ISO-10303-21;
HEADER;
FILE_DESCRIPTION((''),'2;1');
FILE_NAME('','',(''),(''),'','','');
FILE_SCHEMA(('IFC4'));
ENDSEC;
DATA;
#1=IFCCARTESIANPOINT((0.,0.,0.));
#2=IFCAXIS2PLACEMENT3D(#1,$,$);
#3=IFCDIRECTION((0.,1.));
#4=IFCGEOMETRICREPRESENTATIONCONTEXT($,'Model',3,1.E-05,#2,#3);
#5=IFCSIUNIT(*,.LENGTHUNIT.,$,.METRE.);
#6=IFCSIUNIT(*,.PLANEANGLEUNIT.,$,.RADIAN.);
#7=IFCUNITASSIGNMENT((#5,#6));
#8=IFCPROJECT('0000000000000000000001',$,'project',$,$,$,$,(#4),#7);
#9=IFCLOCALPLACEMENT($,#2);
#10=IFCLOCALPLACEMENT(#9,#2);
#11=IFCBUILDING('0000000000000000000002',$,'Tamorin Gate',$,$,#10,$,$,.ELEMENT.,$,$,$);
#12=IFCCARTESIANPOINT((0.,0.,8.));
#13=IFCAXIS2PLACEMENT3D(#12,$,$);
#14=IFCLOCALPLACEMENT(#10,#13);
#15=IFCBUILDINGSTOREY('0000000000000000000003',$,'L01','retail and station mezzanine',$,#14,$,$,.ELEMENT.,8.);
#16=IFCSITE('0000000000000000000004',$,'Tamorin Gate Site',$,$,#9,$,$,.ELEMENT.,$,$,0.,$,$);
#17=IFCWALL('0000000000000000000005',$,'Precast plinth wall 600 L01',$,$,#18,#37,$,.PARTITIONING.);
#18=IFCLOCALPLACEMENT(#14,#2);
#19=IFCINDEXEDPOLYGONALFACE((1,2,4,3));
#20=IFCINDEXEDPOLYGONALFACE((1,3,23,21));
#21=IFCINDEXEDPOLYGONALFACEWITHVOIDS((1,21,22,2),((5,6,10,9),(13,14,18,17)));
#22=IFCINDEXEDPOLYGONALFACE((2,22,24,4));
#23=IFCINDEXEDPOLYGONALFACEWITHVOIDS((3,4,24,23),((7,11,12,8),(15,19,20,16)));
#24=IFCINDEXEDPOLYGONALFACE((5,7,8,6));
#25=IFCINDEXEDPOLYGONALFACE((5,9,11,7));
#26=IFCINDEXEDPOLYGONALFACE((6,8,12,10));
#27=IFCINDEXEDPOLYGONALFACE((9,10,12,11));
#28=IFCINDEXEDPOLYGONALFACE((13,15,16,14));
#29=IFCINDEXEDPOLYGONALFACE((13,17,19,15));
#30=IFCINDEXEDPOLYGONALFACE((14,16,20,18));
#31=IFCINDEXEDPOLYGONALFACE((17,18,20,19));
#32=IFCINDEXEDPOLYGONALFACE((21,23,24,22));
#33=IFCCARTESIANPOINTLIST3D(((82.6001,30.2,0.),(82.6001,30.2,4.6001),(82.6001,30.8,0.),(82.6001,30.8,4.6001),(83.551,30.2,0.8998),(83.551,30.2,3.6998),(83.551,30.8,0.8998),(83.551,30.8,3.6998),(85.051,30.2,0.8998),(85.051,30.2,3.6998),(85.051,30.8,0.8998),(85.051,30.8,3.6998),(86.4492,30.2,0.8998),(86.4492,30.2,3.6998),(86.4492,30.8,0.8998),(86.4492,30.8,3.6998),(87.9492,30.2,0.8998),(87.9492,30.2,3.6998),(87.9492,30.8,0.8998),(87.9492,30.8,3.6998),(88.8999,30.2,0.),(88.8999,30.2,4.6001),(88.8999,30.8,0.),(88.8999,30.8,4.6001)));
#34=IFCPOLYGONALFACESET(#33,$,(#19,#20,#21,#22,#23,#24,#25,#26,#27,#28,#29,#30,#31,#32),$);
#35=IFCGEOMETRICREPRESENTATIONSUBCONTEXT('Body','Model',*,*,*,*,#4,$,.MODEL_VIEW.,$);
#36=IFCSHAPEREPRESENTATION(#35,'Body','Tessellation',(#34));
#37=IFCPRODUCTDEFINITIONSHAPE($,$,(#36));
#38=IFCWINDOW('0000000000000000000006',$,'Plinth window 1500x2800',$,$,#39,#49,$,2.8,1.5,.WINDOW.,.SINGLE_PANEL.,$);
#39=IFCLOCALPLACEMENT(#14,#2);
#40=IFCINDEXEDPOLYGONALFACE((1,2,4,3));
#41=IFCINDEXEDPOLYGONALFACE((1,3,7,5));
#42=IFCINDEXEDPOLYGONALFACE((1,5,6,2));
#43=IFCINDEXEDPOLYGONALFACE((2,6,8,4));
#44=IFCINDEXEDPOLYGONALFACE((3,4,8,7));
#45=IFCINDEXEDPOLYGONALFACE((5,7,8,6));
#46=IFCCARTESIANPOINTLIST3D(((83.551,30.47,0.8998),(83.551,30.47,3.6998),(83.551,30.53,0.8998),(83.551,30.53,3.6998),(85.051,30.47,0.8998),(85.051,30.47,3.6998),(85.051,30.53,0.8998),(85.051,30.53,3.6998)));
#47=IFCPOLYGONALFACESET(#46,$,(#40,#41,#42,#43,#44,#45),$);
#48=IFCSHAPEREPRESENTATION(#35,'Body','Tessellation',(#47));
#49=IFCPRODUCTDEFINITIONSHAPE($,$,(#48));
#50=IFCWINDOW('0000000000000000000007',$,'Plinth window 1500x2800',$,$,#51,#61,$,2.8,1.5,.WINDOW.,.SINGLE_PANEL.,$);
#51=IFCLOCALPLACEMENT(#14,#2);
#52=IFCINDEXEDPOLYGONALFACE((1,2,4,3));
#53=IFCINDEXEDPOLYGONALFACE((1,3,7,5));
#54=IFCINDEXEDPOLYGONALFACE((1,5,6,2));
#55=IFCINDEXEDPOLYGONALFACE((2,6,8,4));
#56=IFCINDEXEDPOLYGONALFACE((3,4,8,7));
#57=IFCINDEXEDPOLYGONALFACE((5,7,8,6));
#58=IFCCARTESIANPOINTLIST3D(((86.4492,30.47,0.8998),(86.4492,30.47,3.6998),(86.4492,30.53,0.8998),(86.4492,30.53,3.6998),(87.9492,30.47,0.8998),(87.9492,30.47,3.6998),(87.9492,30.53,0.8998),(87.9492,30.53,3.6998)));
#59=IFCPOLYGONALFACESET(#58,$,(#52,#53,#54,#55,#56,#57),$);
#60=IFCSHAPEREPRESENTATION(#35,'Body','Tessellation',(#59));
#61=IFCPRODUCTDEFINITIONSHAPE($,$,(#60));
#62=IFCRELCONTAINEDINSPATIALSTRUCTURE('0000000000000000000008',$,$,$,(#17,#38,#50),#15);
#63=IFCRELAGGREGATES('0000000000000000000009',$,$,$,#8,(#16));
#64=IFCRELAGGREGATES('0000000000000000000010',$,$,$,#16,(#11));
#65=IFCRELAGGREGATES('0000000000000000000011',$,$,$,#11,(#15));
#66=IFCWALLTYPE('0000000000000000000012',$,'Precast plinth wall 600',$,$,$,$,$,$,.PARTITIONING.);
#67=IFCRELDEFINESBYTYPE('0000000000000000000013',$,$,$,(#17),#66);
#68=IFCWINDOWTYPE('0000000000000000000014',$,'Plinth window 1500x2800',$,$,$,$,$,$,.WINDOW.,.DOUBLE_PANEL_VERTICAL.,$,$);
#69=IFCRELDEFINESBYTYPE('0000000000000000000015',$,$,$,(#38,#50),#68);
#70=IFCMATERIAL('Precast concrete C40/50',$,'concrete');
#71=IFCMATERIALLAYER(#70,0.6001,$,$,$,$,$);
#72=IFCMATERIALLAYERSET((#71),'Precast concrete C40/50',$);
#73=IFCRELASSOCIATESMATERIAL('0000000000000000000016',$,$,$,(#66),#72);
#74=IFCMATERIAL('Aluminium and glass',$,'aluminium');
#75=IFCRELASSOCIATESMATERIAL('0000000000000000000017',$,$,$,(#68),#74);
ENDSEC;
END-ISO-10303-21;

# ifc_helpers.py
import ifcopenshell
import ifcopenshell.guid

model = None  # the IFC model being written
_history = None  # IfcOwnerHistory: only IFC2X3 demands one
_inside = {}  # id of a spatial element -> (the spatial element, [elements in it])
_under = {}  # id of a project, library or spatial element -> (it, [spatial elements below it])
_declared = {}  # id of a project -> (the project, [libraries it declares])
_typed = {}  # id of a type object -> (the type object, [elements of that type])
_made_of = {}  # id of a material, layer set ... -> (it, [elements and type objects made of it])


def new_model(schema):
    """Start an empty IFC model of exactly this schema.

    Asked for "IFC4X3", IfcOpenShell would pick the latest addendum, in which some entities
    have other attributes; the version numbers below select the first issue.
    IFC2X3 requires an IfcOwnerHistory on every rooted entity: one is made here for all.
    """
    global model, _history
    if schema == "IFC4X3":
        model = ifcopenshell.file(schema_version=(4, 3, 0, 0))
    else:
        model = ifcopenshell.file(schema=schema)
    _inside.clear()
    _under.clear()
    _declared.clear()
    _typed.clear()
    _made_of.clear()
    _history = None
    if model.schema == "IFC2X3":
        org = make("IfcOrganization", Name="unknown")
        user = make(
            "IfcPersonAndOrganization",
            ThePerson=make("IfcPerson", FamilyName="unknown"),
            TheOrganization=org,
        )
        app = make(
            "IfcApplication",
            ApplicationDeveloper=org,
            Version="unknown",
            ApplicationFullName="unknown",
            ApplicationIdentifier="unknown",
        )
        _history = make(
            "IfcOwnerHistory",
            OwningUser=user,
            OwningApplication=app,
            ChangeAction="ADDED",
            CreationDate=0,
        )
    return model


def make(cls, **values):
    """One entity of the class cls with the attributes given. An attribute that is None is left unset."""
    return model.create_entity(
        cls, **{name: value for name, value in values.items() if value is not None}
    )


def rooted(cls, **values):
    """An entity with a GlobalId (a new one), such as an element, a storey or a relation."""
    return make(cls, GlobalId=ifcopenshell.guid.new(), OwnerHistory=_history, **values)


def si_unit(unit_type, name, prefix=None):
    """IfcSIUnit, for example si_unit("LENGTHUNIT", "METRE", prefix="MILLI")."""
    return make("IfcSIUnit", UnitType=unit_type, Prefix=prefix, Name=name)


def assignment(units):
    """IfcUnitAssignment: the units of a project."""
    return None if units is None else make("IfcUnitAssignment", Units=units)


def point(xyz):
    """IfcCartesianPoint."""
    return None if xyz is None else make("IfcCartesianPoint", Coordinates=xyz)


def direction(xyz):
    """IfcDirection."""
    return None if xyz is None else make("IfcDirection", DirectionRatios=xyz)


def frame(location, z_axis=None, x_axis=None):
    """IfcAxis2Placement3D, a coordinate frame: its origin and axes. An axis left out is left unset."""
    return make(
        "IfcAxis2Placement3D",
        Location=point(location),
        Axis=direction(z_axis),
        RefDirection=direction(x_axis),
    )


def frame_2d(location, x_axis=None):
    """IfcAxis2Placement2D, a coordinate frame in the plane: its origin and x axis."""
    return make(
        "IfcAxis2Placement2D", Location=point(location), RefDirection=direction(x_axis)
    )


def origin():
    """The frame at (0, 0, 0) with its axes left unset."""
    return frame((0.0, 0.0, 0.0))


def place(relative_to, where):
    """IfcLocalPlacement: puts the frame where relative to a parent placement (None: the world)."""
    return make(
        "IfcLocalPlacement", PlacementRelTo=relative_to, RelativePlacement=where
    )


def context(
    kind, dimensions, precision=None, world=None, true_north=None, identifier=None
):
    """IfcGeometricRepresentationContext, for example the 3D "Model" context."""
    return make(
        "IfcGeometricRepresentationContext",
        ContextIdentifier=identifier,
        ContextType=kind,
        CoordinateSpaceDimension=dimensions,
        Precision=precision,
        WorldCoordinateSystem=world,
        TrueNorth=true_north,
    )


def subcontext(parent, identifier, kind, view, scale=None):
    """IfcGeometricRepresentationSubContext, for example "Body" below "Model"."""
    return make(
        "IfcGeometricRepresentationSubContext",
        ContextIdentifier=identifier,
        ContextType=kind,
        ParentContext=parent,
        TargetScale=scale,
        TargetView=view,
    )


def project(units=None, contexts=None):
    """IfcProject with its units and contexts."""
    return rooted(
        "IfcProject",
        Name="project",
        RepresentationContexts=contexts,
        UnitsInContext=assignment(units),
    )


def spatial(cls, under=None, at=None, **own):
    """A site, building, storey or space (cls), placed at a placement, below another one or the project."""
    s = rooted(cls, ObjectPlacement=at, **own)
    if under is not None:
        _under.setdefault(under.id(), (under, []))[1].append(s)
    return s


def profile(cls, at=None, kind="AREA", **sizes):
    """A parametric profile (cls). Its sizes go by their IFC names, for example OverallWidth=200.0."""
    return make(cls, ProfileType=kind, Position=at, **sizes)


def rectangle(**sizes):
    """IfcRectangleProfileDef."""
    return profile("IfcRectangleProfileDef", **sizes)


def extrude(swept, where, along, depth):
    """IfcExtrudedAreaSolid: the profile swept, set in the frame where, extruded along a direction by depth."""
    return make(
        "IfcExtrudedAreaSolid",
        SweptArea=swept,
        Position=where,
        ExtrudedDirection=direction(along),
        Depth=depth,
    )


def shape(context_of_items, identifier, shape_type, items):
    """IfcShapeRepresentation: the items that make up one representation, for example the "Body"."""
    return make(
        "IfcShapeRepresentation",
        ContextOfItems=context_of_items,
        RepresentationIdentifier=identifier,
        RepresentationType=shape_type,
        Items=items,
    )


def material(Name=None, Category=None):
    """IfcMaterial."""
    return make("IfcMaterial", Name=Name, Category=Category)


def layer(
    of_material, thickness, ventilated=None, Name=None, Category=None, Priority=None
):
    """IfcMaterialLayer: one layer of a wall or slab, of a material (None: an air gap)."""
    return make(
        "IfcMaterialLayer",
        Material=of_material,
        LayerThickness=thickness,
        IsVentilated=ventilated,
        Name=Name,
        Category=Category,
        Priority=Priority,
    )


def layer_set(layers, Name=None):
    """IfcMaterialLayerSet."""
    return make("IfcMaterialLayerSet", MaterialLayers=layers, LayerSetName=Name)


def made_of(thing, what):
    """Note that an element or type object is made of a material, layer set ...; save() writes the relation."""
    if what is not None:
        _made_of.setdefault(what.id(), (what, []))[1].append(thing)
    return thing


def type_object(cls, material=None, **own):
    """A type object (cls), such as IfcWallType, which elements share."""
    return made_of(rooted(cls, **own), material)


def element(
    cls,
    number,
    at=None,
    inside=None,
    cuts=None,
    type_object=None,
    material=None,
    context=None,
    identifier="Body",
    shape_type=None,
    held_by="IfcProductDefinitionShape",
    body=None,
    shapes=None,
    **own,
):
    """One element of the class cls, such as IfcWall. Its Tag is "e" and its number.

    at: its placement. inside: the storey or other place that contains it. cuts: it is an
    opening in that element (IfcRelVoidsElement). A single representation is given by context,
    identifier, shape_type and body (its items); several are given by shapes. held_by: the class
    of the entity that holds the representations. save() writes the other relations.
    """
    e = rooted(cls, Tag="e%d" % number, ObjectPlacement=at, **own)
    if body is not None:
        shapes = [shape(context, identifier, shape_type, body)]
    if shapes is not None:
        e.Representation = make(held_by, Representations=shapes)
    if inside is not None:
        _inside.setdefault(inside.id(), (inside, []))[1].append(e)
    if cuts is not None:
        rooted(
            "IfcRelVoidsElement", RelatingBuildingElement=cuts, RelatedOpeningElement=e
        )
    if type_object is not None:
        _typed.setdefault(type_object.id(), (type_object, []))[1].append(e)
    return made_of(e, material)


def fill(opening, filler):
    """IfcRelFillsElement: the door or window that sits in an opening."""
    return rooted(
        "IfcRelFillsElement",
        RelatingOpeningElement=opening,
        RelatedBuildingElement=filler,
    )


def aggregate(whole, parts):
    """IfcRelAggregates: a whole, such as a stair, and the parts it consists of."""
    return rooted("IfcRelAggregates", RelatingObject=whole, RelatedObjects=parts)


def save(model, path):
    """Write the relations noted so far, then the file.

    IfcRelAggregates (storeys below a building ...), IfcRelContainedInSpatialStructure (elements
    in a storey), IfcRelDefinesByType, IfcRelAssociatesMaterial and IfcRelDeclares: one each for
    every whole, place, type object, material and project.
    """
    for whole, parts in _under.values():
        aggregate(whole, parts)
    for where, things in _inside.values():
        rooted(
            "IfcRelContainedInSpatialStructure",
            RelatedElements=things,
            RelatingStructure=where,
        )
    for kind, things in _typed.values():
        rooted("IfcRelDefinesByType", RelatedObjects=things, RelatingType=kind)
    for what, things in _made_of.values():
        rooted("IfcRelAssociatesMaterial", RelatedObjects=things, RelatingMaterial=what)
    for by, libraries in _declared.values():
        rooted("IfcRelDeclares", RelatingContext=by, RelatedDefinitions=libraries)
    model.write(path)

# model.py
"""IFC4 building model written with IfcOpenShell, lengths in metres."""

from ifc_helpers import new_model, si_unit, direction, frame, frame_2d, origin, place, context, subcontext, project, spatial, rectangle, extrude, material, layer, layer_set, type_object, element, fill, save


model = new_model("IFC4")

# Units and contexts
model_context = context("Model", 3, precision=1e-05, world=origin(), true_north=direction((0.0, 1.0)))
body_context = subcontext(model_context, "Body", "Model", "MODEL_VIEW")
ifc_project = project(units=[si_unit("LENGTHUNIT", "METRE"), si_unit("PLANEANGLEUNIT", "RADIAN")], contexts=[model_context])

# Site, building, storey
site_placement = place(None, origin())
site = spatial("IfcSite", under=ifc_project, at=site_placement, Name="Tamorin Gate Site", CompositionType="ELEMENT", RefElevation=0.0)
building_placement = place(site_placement, origin())
building = spatial("IfcBuilding", under=site, at=building_placement, Name="Tamorin Gate", CompositionType="ELEMENT")
storey_placement = place(building_placement, frame((0.0, 0.0, 8.0)))
storey = spatial("IfcBuildingStorey", under=building, at=storey_placement, Name="L01", Description="retail and station mezzanine", CompositionType="ELEMENT", Elevation=8.0)

# Shared definitions
ifc_material_1 = material(Name="Precast concrete C40/50", Category="concrete")
ifc_layer_1 = layer(ifc_material_1, 0.6001)
ifc_layer_set_1 = layer_set([ifc_layer_1], Name="Precast concrete C40/50")
wall_type_1 = type_object("IfcWallType", Name="Precast plinth wall 600", PredefinedType="PARTITIONING", material=ifc_layer_set_1)
ifc_material_2 = material(Name="Aluminium and glass", Category="aluminium")

# Wall, openings, windows
wall_1_placement = place(storey_placement, frame((82.6001, 30.5, 0.0), z_axis=(0.0, 0.0, 1.0), x_axis=(1.0, 0.0, 0.0)))
wall_1 = element("IfcWall", 1, at=wall_1_placement, inside=storey, type_object=wall_type_1, Name="Precast plinth wall 600 L01", PredefinedType="PARTITIONING", context=body_context, shape_type="SweptSolid", body=[
    extrude(rectangle(XDim=6.2998, YDim=0.6001, at=frame_2d((3.1499, 0.0))), origin(), (0.0, 0.0, 1.0), 4.6001),
])
opening_1_placement = place(wall_1_placement, frame((0.9509, 0.0, 0.8999)))
opening_1 = element("IfcOpeningElement", 2, at=opening_1_placement, cuts=wall_1, PredefinedType="OPENING", context=body_context, shape_type="SweptSolid", body=[
    extrude(rectangle(XDim=1.5, YDim=2.8, at=frame_2d((0.75, 1.3999))), frame((0.0, 0.3101, 0.0), z_axis=(0.0, -1.0, 0.0), x_axis=(1.0, 0.0, 0.0)), (0.0, 0.0, 1.0), 0.6201),
])
opening_2_placement = place(wall_1_placement, frame((3.8491, 0.0, 0.8999)))
opening_2 = element("IfcOpeningElement", 3, at=opening_2_placement, cuts=wall_1, PredefinedType="OPENING", context=body_context, shape_type="SweptSolid", body=[
    extrude(rectangle(XDim=1.5, YDim=2.8, at=frame_2d((0.75, 1.3999))), frame((0.0, 0.3101, 0.0), z_axis=(0.0, -1.0, 0.0), x_axis=(1.0, 0.0, 0.0)), (0.0, 0.0, 1.0), 0.6201),
])
window_type_1 = type_object("IfcWindowType", Name="Plinth window 1500x2800", PartitioningType="DOUBLE_PANEL_VERTICAL", PredefinedType="WINDOW", material=ifc_material_2)
window_1_placement = place(opening_1_placement, origin())
window_1 = element("IfcWindow", 4, at=window_1_placement, inside=storey, type_object=window_type_1, Name="Plinth window 1500x2800", OverallHeight=2.8, OverallWidth=1.5, PartitioningType="SINGLE_PANEL", PredefinedType="WINDOW", context=body_context, shape_type="SweptSolid", body=[
    extrude(rectangle(XDim=1.5, YDim=2.8, at=frame_2d((0.75, 1.3999))), frame((0.0, 0.03, 0.0), z_axis=(0.0, -1.0, 0.0), x_axis=(1.0, 0.0, 0.0)), (0.0, 0.0, 1.0), 0.0601),
])
fill(opening_1, window_1)
window_2_placement = place(opening_2_placement, origin())
window_2 = element("IfcWindow", 5, at=window_2_placement, inside=storey, type_object=window_type_1, Name="Plinth window 1500x2800", OverallHeight=2.8, OverallWidth=1.5, PartitioningType="SINGLE_PANEL", PredefinedType="WINDOW", context=body_context, shape_type="SweptSolid", body=[
    extrude(rectangle(XDim=1.5, YDim=2.8, at=frame_2d((0.75, 1.3999))), frame((0.0, 0.03, 0.0), z_axis=(0.0, -1.0, 0.0), x_axis=(1.0, 0.0, 0.0)), (0.0, 0.0, 1.0), 0.0601),
])
fill(opening_2, window_2)

save(model, "model.ifc")
